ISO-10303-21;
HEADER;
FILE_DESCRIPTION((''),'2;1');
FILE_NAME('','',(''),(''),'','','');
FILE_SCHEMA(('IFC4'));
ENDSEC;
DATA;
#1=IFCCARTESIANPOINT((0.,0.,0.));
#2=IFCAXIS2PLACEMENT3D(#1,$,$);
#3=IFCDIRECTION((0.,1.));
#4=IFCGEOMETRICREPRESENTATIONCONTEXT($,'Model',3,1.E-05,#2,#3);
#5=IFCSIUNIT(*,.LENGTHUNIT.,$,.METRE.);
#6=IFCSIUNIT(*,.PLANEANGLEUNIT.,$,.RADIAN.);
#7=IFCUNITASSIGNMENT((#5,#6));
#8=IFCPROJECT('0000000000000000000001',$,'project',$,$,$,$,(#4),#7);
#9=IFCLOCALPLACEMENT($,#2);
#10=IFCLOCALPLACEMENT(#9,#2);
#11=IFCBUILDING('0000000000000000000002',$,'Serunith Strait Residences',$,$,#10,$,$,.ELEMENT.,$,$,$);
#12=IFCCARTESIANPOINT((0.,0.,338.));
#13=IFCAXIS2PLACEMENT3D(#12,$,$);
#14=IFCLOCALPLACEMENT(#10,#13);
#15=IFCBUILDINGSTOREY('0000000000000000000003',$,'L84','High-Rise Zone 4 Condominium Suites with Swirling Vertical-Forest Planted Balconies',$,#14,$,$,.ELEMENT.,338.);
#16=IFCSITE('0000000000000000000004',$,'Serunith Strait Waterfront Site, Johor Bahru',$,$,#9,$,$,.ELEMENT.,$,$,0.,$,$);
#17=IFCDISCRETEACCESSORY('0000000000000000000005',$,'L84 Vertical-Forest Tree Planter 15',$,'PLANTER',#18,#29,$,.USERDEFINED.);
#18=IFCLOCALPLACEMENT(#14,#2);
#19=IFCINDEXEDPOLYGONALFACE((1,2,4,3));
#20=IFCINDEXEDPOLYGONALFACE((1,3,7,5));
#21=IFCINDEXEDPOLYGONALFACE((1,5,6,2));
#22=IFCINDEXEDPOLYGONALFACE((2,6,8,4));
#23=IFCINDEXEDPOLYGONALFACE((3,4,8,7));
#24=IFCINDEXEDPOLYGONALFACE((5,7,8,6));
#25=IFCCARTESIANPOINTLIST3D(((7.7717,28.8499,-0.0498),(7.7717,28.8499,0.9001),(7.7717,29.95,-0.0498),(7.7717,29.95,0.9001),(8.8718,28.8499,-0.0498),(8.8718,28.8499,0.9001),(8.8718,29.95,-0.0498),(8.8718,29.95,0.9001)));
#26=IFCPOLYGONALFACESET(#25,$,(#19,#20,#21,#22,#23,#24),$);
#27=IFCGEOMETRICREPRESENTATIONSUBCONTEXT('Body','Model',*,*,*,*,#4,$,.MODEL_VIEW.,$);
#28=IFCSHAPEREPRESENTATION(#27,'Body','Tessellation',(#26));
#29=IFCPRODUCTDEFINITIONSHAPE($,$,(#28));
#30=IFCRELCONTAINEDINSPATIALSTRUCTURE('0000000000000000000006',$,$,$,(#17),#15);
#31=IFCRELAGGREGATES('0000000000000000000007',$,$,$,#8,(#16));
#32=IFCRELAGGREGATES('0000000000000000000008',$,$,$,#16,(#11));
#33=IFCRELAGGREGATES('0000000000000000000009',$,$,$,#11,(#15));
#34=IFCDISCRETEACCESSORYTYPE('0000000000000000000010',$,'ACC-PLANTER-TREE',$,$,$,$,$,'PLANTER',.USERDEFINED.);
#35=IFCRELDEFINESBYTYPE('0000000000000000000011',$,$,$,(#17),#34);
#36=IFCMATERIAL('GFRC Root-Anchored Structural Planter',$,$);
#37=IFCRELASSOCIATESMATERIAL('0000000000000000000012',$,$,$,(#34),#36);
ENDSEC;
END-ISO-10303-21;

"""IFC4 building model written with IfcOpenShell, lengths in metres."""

from ifc_helpers import new_model, si_unit, direction, frame, origin, origin_2d, place, context, subcontext, project, spatial, rectangle, extrude, source, transform, mapped, material, type_object, element, save


model = new_model("IFC4")

# Units and contexts
model_context = context("Model", 3, precision=1e-05, world=origin(), true_north=direction((0.0, 1.0)))
body_context = subcontext(model_context, "Body", "Model", "MODEL_VIEW")
ifc_project = project(units=[si_unit("LENGTHUNIT", "METRE"), si_unit("PLANEANGLEUNIT", "RADIAN")], contexts=[model_context])

# Site, building, storey
site_placement = place(None, origin())
site = spatial("IfcSite", under=ifc_project, at=site_placement, Name="Serunith Strait Waterfront Site, Johor Bahru", CompositionType="ELEMENT", RefElevation=0.0)
building_placement = place(site_placement, origin())
building = spatial("IfcBuilding", under=site, at=building_placement, Name="Serunith Strait Residences", CompositionType="ELEMENT")
storey_placement = place(building_placement, frame((0.0, 0.0, 338.0)))
storey = spatial("IfcBuildingStorey", under=building, at=storey_placement, Name="L84", Description="High-Rise Zone 4 Condominium Suites with Swirling Vertical-Forest Planted Balconies", CompositionType="ELEMENT", Elevation=338.0)

# Discrete accessory
ifc_material_1 = material(Name="GFRC Root-Anchored Structural Planter")
discrete_accessory_type = type_object("IfcDiscreteAccessoryType", Name="ACC-PLANTER-TREE", ElementType="PLANTER", PredefinedType="USERDEFINED", material=ifc_material_1)
shared_shape_1 = source(origin(), body_context, "Body", "SweptSolid", [
    extrude(rectangle(XDim=1.1001, YDim=1.1001, at=origin_2d()), origin(), (0.0, 0.0, 1.0), 0.95),
])
discrete_accessory_placement = place(storey_placement, frame((8.3218, 29.3999, -0.0498), z_axis=(0.0, 0.0, 1.0), x_axis=(0.0, -1.0, 0.0)))
element("IfcDiscreteAccessory", 1, at=discrete_accessory_placement, inside=storey, type_object=discrete_accessory_type, Name="L84 Vertical-Forest Tree Planter 15", ObjectType="PLANTER", PredefinedType="USERDEFINED", context=body_context, shape_type="MappedRepresentation", body=[
    mapped(shared_shape_1, transform((0.0, 0.0, 0.0), scale=1.0)),
])

save(model, "model.ifc")
